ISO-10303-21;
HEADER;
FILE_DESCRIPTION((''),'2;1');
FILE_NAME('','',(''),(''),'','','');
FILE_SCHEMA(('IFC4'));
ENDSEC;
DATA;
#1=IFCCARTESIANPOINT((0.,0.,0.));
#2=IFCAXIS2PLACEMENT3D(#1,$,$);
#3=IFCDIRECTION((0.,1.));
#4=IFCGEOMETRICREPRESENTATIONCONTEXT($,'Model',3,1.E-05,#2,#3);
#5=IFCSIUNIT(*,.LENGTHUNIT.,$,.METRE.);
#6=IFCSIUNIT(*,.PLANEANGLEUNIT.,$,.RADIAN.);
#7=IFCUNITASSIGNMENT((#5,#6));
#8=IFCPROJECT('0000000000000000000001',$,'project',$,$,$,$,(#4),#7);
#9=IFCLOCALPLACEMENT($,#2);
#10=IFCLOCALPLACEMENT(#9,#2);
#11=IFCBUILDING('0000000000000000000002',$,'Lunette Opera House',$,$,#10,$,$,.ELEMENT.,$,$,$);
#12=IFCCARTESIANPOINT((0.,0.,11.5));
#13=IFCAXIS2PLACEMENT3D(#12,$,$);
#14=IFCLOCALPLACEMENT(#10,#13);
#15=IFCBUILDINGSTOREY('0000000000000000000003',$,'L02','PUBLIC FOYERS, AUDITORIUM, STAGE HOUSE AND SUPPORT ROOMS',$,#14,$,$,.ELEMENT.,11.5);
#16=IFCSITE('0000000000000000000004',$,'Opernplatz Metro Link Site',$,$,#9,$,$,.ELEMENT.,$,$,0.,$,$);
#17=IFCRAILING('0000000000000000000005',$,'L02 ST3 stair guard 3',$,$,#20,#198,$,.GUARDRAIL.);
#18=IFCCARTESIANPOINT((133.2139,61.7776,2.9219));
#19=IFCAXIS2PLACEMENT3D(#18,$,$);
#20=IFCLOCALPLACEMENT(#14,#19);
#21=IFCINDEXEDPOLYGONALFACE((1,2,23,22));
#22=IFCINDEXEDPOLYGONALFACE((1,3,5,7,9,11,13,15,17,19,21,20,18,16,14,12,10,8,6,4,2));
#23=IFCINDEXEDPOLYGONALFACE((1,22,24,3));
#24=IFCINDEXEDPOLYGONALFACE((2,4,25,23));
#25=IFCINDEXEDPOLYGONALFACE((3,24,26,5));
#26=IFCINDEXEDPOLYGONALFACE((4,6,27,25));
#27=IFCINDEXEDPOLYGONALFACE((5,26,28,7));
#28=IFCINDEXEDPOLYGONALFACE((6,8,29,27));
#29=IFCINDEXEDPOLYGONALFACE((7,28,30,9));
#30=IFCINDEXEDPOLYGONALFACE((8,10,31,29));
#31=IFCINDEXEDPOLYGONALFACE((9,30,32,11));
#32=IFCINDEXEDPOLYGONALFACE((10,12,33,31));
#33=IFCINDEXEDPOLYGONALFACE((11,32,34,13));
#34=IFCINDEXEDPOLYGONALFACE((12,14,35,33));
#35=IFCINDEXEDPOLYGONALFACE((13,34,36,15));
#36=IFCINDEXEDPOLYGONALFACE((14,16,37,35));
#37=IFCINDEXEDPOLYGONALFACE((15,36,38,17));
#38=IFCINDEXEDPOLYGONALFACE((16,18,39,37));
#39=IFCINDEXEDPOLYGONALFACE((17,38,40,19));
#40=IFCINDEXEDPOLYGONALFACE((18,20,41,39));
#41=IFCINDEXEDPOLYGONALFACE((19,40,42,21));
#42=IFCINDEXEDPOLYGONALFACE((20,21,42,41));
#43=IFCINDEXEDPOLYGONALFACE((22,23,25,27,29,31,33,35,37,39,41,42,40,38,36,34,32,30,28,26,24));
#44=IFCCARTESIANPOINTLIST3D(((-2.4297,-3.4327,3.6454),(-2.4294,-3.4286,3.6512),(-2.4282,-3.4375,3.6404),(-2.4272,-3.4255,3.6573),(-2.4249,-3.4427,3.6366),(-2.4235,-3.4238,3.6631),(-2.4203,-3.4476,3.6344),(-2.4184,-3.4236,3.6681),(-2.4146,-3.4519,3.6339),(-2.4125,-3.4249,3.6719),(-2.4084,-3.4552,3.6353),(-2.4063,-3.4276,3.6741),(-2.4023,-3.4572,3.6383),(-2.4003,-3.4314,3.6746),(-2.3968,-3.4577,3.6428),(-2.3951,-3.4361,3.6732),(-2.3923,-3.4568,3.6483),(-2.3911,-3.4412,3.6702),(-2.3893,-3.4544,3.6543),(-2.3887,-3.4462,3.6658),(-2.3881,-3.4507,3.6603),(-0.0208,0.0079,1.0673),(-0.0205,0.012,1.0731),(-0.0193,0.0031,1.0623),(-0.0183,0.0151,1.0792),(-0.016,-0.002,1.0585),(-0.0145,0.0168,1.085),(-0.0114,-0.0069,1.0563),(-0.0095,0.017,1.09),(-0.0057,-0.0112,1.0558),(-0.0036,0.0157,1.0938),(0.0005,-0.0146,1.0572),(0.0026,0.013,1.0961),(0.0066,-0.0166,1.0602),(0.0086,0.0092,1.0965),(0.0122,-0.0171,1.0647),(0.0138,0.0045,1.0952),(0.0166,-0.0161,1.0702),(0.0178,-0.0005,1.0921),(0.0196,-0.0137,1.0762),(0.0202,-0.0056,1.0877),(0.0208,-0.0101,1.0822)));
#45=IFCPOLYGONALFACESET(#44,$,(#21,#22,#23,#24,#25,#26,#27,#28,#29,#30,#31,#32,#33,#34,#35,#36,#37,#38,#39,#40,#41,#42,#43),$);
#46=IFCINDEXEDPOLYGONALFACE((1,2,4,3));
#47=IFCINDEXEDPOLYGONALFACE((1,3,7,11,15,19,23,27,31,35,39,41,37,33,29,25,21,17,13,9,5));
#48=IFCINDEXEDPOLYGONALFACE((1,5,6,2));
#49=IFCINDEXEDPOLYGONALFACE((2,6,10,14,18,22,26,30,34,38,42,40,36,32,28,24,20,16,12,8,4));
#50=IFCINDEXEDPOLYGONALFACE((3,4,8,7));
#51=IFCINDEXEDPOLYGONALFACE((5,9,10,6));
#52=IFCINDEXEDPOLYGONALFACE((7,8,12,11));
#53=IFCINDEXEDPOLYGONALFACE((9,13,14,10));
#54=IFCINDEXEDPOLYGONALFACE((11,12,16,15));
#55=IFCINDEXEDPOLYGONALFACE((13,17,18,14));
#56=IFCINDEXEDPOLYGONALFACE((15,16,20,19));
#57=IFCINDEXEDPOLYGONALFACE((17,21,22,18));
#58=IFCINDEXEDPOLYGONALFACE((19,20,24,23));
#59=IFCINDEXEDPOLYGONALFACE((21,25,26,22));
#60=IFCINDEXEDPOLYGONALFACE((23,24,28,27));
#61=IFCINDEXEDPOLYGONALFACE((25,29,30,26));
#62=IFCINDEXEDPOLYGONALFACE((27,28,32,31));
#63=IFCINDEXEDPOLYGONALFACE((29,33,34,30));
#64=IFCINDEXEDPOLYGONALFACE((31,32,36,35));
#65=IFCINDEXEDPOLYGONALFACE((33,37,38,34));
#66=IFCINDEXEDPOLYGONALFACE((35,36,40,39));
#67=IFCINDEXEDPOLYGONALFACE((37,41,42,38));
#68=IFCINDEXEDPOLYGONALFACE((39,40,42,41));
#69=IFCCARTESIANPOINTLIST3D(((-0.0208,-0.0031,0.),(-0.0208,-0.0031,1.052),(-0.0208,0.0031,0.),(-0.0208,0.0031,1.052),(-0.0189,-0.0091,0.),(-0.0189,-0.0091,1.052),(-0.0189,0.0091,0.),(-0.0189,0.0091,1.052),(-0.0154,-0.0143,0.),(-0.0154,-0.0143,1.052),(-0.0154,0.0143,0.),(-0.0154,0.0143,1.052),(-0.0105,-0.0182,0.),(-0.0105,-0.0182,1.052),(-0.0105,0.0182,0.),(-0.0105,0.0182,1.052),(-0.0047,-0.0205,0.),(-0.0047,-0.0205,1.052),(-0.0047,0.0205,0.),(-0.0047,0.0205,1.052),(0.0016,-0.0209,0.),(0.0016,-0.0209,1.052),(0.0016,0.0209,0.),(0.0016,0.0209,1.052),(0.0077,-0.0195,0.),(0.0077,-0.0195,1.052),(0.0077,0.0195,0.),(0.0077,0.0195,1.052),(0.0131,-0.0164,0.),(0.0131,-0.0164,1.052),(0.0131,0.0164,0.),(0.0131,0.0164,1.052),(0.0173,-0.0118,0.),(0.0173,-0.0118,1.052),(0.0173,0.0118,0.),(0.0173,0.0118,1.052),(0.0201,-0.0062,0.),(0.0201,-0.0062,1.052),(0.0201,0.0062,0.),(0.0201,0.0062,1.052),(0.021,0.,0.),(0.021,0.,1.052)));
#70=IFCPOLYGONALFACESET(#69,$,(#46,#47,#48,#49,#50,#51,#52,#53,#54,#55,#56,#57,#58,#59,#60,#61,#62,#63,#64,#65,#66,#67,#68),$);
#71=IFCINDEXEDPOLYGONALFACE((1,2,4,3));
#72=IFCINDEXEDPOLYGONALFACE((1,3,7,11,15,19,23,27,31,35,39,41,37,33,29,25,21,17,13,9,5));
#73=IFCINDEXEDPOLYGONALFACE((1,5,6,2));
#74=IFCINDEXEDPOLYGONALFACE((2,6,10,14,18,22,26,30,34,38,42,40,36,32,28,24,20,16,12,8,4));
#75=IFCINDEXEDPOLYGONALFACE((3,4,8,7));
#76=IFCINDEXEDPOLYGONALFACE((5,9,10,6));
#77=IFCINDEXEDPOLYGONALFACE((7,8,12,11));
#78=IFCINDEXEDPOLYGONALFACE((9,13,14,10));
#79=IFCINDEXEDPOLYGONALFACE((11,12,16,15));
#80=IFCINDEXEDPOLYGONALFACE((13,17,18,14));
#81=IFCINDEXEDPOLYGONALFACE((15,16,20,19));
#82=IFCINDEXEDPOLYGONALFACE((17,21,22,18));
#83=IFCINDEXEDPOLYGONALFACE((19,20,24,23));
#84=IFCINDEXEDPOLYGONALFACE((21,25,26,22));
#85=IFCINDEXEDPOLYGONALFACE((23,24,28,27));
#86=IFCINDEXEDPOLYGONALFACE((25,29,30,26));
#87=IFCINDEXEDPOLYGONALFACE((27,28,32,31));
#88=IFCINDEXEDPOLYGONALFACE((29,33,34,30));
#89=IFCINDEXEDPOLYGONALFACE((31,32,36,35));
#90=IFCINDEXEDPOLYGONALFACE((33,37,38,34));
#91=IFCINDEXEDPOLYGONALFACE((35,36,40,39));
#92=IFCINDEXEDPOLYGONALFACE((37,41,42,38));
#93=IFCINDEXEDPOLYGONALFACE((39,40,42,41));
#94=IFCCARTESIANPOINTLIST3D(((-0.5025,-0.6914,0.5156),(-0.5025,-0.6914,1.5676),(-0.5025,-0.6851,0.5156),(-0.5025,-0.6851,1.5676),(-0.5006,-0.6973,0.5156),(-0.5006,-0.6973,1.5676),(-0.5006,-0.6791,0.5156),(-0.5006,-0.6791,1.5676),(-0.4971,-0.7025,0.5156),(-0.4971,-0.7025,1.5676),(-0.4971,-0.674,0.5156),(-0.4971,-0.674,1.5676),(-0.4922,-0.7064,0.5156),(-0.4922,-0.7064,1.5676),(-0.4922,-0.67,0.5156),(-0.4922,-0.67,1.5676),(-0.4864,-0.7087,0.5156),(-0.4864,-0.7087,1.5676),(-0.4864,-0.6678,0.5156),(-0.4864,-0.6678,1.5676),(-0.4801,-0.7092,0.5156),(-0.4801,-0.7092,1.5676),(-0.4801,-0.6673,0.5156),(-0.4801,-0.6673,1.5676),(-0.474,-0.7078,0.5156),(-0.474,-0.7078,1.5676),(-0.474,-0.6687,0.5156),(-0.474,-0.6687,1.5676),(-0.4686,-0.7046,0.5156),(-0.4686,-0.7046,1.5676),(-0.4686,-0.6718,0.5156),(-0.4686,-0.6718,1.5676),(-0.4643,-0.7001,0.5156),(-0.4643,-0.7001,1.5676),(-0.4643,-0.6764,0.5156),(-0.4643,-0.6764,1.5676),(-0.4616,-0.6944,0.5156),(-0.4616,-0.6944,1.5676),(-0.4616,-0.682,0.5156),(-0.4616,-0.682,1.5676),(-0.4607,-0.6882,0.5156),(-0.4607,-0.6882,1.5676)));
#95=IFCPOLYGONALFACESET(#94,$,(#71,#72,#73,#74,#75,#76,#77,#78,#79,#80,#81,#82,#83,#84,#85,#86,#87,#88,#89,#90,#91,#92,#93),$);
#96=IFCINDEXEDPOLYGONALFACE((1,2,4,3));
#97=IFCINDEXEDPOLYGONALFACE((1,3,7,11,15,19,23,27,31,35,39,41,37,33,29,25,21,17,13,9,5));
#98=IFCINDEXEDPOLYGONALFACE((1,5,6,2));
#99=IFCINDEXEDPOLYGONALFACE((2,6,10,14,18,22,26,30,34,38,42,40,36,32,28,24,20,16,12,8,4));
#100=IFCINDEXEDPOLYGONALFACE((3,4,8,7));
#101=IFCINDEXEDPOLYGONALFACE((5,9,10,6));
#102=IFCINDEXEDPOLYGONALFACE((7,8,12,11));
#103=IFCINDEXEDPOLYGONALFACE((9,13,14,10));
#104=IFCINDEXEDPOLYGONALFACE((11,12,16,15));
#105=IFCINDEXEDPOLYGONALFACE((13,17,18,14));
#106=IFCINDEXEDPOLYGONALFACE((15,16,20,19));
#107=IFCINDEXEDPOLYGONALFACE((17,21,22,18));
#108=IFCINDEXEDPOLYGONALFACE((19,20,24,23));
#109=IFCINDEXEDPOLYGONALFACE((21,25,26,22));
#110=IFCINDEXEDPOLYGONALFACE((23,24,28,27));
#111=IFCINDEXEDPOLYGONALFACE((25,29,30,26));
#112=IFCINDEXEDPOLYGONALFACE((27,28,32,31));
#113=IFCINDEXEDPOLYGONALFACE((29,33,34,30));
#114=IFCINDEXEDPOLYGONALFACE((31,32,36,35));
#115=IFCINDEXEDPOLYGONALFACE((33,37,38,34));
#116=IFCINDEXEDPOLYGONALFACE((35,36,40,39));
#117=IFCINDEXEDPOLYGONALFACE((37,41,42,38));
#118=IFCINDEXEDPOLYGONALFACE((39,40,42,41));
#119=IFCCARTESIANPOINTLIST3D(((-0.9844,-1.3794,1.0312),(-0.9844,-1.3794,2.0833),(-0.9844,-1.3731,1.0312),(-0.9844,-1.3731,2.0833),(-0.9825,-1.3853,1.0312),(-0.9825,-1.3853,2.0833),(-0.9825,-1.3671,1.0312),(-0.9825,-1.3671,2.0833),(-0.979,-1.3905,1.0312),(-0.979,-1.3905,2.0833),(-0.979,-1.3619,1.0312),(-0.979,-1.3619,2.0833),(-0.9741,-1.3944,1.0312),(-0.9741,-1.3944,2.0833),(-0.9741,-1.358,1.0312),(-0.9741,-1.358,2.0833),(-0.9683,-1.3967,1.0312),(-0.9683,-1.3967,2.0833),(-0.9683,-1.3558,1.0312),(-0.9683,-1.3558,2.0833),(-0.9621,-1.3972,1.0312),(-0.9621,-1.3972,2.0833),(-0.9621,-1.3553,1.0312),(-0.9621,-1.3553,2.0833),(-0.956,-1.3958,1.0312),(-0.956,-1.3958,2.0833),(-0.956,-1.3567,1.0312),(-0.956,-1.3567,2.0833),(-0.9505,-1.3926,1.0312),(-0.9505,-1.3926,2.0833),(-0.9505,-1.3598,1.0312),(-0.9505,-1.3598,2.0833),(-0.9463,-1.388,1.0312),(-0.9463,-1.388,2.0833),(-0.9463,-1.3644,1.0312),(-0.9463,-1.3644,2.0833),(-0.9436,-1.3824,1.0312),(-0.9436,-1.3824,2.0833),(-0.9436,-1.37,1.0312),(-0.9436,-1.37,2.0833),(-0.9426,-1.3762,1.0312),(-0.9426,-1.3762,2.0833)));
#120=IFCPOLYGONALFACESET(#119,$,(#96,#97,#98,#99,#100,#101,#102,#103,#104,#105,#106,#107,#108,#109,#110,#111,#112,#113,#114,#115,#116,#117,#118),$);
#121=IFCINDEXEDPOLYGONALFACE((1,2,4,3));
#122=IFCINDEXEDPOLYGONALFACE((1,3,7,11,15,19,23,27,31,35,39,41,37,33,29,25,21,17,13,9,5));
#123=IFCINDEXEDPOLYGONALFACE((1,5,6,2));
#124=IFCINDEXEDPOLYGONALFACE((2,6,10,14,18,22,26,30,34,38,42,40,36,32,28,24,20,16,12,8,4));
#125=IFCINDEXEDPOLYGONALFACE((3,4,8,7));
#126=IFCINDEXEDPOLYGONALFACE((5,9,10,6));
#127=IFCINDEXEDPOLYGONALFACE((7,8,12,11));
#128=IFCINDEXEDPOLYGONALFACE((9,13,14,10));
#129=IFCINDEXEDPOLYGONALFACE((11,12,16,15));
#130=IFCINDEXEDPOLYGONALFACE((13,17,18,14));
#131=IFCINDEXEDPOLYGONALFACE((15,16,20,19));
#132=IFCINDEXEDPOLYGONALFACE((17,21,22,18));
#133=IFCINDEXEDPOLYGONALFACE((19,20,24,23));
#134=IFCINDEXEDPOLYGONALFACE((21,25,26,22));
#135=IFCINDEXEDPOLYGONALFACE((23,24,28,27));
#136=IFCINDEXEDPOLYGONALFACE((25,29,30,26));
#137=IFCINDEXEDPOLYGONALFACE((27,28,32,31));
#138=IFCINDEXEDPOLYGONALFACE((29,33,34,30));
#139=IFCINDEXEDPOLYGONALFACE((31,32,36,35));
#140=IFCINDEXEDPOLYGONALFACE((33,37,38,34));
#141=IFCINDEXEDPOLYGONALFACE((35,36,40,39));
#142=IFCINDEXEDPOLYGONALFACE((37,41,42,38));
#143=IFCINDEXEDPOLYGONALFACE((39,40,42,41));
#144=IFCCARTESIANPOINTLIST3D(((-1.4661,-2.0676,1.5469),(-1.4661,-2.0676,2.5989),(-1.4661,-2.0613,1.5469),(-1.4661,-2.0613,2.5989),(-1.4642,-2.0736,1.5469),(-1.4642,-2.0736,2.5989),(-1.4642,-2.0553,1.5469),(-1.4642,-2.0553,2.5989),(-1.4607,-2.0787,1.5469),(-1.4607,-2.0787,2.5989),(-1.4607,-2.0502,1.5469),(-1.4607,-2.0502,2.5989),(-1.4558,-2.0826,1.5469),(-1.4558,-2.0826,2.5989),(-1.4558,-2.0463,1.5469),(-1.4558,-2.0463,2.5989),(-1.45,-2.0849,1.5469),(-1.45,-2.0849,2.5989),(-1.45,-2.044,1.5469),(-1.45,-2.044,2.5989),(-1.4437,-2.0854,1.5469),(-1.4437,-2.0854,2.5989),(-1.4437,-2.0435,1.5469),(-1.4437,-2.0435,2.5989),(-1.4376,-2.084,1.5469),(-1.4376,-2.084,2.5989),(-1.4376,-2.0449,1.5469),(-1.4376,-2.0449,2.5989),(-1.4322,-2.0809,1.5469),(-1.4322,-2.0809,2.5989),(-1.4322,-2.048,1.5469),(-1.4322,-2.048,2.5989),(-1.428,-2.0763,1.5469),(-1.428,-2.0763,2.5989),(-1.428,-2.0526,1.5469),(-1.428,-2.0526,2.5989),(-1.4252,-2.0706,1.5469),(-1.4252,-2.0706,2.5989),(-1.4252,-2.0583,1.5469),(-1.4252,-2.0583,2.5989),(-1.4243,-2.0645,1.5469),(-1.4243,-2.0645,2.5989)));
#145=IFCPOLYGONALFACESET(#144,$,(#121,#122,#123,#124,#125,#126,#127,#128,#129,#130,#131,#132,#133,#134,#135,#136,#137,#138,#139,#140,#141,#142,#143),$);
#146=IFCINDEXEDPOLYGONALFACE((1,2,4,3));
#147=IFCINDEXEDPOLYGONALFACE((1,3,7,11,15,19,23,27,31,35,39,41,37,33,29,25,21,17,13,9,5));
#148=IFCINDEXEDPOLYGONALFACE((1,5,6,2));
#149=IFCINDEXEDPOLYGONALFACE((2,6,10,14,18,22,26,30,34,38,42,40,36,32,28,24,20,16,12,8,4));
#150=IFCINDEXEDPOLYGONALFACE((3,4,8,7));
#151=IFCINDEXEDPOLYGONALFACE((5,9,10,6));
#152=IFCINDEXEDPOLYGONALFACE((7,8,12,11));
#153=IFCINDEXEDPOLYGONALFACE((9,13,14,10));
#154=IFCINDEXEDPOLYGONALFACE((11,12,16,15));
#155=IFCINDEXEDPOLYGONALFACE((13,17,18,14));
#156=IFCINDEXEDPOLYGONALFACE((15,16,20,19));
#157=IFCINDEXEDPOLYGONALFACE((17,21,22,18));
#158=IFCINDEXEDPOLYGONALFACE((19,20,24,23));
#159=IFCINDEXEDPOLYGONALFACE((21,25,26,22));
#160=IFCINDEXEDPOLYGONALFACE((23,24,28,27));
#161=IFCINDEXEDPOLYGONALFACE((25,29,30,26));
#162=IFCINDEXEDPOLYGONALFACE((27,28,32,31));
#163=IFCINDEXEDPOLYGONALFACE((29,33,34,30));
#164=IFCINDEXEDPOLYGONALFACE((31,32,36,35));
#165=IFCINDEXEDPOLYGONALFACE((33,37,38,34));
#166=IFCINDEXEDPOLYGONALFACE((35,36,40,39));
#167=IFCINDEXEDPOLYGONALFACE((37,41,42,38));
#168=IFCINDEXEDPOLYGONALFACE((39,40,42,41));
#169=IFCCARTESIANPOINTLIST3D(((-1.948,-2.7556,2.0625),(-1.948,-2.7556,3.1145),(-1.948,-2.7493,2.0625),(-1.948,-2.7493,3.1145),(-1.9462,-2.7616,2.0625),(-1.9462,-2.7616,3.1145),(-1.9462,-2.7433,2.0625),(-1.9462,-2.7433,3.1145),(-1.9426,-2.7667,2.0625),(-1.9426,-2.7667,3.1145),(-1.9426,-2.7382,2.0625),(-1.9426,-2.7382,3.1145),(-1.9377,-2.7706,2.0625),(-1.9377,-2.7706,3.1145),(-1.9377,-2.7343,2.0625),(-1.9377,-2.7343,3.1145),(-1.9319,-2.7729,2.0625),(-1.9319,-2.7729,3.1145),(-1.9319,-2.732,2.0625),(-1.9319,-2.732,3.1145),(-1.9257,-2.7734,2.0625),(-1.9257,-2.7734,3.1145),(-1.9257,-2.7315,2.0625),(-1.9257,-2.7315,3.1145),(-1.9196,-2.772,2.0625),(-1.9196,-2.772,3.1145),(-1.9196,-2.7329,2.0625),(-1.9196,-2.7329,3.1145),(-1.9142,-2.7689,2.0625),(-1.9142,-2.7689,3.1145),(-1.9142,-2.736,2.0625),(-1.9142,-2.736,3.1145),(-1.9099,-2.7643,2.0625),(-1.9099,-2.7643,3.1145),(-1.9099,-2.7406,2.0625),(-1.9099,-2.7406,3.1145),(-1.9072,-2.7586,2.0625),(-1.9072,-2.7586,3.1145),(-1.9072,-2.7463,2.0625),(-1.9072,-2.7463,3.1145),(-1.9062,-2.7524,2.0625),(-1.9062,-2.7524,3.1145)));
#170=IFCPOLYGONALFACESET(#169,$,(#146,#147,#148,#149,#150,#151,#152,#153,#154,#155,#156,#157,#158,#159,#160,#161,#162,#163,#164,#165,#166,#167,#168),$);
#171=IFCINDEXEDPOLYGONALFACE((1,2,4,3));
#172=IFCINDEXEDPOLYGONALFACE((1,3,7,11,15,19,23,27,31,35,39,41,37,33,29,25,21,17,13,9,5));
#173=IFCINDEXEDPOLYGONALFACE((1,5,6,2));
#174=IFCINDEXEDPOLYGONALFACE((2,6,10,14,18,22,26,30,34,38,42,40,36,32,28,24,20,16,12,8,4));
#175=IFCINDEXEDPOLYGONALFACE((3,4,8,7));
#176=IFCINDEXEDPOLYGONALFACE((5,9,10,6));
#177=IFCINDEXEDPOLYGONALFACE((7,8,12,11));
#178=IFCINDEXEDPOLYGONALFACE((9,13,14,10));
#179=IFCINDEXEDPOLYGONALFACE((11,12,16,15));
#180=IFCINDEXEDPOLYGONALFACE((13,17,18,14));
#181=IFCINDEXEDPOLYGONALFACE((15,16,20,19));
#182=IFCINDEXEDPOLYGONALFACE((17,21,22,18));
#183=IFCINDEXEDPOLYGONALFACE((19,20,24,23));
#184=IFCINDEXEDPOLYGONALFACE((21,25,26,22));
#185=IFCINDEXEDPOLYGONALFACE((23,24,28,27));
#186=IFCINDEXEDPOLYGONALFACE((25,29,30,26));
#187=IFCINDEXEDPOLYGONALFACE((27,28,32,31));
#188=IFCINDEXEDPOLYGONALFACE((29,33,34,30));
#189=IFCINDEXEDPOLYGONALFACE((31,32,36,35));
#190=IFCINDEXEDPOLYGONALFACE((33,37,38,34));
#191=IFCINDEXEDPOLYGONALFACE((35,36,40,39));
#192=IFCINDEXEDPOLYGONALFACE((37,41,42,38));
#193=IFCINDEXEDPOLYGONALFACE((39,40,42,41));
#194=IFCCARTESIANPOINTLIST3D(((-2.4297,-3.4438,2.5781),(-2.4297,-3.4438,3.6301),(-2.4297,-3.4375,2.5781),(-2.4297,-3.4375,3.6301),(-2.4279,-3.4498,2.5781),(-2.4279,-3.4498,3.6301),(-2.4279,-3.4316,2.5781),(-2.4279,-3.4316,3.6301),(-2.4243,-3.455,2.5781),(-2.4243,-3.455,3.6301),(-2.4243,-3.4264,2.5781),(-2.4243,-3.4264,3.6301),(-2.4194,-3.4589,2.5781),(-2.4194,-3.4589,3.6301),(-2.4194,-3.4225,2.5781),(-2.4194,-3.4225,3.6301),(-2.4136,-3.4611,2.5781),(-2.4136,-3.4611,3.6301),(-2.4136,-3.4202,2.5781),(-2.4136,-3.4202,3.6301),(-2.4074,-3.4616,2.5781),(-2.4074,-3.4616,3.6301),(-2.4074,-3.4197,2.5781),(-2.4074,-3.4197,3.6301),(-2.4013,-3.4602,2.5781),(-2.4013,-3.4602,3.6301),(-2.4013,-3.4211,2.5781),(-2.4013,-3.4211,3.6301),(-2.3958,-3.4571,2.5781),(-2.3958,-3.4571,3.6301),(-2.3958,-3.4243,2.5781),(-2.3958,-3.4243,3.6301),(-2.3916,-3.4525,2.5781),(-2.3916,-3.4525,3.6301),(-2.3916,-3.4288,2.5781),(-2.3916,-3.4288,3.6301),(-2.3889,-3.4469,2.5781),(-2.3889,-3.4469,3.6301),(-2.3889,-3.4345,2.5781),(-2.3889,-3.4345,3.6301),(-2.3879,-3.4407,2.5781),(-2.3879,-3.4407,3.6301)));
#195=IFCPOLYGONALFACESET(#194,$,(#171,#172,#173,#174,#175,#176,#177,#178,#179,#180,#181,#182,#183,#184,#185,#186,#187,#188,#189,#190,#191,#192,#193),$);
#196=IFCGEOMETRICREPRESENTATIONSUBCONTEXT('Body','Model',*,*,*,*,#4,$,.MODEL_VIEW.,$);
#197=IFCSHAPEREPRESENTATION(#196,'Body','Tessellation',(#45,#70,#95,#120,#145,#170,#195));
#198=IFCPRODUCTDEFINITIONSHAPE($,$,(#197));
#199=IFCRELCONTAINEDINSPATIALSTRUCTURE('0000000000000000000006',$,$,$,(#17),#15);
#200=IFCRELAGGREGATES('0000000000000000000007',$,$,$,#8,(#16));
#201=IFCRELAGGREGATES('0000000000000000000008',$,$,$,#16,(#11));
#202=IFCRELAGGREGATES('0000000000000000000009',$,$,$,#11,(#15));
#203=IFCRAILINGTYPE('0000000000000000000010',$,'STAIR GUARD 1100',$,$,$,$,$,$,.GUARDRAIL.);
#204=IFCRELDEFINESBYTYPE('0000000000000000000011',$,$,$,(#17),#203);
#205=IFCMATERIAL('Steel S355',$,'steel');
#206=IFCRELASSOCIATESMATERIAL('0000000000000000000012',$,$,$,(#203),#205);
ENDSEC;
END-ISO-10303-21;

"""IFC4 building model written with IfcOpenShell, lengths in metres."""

from ifc_helpers import new_model, si_unit, direction, frame, origin, origin_2d, place, context, subcontext, project, spatial, circle, extrude, material, type_object, element, save


model = new_model("IFC4")

# Units and contexts
model_context = context("Model", 3, precision=1e-05, world=origin(), true_north=direction((0.0, 1.0)))
body_context = subcontext(model_context, "Body", "Model", "MODEL_VIEW")
ifc_project = project(units=[si_unit("LENGTHUNIT", "METRE"), si_unit("PLANEANGLEUNIT", "RADIAN")], contexts=[model_context])

# Site, building, storey
site_placement = place(None, origin())
site = spatial("IfcSite", under=ifc_project, at=site_placement, Name="Opernplatz Metro Link Site", CompositionType="ELEMENT", RefElevation=0.0)
building_placement = place(site_placement, origin())
building = spatial("IfcBuilding", under=site, at=building_placement, Name="Lunette Opera House", CompositionType="ELEMENT")
storey_placement = place(building_placement, frame((0.0, 0.0, 11.5)))
storey = spatial("IfcBuildingStorey", under=building, at=storey_placement, Name="L02", Description="PUBLIC FOYERS, AUDITORIUM, STAGE HOUSE AND SUPPORT ROOMS", CompositionType="ELEMENT", Elevation=11.5)

# Railing
ifc_material_1 = material(Name="Steel S355", Category="steel")
railing_type_1 = type_object("IfcRailingType", Name="STAIR GUARD 1100", PredefinedType="GUARDRAIL", material=ifc_material_1)
railing_1_placement = place(storey_placement, frame((133.2139, 61.7776, 2.9219)))
element("IfcRailing", 1, at=railing_1_placement, inside=storey, type_object=railing_type_1, Name="L02 ST3 stair guard 3", PredefinedType="GUARDRAIL", context=body_context, shape_type="SweptSolid", body=[
    extrude(circle(Radius=0.0239, at=origin_2d()), frame((0.0, 0.0, 1.0762), z_axis=(-0.488799, -0.698149, 0.523129), x_axis=(0.81918, -0.573536, 0.0)), (0.0, 0.0, 1.0), 4.9282),
    extrude(circle(Radius=0.021, at=origin_2d()), origin(), (0.0, 0.0, 1.0), 1.052),
    extrude(circle(Radius=0.021, at=origin_2d()), frame((-0.4817, -0.6882, 0.5156)), (0.0, 0.0, 1.0), 1.052),
    extrude(circle(Radius=0.021, at=origin_2d()), frame((-0.9636, -1.3762, 1.0312)), (0.0, 0.0, 1.0), 1.052),
    extrude(circle(Radius=0.021, at=origin_2d()), frame((-1.4453, -2.0645, 1.5469)), (0.0, 0.0, 1.0), 1.052),
    extrude(circle(Radius=0.021, at=origin_2d()), frame((-1.9272, -2.7524, 2.0625)), (0.0, 0.0, 1.0), 1.052),
    extrude(circle(Radius=0.021, at=origin_2d()), frame((-2.4089, -3.4407, 2.5781)), (0.0, 0.0, 1.0), 1.052),
])

save(model, "model.ifc")
